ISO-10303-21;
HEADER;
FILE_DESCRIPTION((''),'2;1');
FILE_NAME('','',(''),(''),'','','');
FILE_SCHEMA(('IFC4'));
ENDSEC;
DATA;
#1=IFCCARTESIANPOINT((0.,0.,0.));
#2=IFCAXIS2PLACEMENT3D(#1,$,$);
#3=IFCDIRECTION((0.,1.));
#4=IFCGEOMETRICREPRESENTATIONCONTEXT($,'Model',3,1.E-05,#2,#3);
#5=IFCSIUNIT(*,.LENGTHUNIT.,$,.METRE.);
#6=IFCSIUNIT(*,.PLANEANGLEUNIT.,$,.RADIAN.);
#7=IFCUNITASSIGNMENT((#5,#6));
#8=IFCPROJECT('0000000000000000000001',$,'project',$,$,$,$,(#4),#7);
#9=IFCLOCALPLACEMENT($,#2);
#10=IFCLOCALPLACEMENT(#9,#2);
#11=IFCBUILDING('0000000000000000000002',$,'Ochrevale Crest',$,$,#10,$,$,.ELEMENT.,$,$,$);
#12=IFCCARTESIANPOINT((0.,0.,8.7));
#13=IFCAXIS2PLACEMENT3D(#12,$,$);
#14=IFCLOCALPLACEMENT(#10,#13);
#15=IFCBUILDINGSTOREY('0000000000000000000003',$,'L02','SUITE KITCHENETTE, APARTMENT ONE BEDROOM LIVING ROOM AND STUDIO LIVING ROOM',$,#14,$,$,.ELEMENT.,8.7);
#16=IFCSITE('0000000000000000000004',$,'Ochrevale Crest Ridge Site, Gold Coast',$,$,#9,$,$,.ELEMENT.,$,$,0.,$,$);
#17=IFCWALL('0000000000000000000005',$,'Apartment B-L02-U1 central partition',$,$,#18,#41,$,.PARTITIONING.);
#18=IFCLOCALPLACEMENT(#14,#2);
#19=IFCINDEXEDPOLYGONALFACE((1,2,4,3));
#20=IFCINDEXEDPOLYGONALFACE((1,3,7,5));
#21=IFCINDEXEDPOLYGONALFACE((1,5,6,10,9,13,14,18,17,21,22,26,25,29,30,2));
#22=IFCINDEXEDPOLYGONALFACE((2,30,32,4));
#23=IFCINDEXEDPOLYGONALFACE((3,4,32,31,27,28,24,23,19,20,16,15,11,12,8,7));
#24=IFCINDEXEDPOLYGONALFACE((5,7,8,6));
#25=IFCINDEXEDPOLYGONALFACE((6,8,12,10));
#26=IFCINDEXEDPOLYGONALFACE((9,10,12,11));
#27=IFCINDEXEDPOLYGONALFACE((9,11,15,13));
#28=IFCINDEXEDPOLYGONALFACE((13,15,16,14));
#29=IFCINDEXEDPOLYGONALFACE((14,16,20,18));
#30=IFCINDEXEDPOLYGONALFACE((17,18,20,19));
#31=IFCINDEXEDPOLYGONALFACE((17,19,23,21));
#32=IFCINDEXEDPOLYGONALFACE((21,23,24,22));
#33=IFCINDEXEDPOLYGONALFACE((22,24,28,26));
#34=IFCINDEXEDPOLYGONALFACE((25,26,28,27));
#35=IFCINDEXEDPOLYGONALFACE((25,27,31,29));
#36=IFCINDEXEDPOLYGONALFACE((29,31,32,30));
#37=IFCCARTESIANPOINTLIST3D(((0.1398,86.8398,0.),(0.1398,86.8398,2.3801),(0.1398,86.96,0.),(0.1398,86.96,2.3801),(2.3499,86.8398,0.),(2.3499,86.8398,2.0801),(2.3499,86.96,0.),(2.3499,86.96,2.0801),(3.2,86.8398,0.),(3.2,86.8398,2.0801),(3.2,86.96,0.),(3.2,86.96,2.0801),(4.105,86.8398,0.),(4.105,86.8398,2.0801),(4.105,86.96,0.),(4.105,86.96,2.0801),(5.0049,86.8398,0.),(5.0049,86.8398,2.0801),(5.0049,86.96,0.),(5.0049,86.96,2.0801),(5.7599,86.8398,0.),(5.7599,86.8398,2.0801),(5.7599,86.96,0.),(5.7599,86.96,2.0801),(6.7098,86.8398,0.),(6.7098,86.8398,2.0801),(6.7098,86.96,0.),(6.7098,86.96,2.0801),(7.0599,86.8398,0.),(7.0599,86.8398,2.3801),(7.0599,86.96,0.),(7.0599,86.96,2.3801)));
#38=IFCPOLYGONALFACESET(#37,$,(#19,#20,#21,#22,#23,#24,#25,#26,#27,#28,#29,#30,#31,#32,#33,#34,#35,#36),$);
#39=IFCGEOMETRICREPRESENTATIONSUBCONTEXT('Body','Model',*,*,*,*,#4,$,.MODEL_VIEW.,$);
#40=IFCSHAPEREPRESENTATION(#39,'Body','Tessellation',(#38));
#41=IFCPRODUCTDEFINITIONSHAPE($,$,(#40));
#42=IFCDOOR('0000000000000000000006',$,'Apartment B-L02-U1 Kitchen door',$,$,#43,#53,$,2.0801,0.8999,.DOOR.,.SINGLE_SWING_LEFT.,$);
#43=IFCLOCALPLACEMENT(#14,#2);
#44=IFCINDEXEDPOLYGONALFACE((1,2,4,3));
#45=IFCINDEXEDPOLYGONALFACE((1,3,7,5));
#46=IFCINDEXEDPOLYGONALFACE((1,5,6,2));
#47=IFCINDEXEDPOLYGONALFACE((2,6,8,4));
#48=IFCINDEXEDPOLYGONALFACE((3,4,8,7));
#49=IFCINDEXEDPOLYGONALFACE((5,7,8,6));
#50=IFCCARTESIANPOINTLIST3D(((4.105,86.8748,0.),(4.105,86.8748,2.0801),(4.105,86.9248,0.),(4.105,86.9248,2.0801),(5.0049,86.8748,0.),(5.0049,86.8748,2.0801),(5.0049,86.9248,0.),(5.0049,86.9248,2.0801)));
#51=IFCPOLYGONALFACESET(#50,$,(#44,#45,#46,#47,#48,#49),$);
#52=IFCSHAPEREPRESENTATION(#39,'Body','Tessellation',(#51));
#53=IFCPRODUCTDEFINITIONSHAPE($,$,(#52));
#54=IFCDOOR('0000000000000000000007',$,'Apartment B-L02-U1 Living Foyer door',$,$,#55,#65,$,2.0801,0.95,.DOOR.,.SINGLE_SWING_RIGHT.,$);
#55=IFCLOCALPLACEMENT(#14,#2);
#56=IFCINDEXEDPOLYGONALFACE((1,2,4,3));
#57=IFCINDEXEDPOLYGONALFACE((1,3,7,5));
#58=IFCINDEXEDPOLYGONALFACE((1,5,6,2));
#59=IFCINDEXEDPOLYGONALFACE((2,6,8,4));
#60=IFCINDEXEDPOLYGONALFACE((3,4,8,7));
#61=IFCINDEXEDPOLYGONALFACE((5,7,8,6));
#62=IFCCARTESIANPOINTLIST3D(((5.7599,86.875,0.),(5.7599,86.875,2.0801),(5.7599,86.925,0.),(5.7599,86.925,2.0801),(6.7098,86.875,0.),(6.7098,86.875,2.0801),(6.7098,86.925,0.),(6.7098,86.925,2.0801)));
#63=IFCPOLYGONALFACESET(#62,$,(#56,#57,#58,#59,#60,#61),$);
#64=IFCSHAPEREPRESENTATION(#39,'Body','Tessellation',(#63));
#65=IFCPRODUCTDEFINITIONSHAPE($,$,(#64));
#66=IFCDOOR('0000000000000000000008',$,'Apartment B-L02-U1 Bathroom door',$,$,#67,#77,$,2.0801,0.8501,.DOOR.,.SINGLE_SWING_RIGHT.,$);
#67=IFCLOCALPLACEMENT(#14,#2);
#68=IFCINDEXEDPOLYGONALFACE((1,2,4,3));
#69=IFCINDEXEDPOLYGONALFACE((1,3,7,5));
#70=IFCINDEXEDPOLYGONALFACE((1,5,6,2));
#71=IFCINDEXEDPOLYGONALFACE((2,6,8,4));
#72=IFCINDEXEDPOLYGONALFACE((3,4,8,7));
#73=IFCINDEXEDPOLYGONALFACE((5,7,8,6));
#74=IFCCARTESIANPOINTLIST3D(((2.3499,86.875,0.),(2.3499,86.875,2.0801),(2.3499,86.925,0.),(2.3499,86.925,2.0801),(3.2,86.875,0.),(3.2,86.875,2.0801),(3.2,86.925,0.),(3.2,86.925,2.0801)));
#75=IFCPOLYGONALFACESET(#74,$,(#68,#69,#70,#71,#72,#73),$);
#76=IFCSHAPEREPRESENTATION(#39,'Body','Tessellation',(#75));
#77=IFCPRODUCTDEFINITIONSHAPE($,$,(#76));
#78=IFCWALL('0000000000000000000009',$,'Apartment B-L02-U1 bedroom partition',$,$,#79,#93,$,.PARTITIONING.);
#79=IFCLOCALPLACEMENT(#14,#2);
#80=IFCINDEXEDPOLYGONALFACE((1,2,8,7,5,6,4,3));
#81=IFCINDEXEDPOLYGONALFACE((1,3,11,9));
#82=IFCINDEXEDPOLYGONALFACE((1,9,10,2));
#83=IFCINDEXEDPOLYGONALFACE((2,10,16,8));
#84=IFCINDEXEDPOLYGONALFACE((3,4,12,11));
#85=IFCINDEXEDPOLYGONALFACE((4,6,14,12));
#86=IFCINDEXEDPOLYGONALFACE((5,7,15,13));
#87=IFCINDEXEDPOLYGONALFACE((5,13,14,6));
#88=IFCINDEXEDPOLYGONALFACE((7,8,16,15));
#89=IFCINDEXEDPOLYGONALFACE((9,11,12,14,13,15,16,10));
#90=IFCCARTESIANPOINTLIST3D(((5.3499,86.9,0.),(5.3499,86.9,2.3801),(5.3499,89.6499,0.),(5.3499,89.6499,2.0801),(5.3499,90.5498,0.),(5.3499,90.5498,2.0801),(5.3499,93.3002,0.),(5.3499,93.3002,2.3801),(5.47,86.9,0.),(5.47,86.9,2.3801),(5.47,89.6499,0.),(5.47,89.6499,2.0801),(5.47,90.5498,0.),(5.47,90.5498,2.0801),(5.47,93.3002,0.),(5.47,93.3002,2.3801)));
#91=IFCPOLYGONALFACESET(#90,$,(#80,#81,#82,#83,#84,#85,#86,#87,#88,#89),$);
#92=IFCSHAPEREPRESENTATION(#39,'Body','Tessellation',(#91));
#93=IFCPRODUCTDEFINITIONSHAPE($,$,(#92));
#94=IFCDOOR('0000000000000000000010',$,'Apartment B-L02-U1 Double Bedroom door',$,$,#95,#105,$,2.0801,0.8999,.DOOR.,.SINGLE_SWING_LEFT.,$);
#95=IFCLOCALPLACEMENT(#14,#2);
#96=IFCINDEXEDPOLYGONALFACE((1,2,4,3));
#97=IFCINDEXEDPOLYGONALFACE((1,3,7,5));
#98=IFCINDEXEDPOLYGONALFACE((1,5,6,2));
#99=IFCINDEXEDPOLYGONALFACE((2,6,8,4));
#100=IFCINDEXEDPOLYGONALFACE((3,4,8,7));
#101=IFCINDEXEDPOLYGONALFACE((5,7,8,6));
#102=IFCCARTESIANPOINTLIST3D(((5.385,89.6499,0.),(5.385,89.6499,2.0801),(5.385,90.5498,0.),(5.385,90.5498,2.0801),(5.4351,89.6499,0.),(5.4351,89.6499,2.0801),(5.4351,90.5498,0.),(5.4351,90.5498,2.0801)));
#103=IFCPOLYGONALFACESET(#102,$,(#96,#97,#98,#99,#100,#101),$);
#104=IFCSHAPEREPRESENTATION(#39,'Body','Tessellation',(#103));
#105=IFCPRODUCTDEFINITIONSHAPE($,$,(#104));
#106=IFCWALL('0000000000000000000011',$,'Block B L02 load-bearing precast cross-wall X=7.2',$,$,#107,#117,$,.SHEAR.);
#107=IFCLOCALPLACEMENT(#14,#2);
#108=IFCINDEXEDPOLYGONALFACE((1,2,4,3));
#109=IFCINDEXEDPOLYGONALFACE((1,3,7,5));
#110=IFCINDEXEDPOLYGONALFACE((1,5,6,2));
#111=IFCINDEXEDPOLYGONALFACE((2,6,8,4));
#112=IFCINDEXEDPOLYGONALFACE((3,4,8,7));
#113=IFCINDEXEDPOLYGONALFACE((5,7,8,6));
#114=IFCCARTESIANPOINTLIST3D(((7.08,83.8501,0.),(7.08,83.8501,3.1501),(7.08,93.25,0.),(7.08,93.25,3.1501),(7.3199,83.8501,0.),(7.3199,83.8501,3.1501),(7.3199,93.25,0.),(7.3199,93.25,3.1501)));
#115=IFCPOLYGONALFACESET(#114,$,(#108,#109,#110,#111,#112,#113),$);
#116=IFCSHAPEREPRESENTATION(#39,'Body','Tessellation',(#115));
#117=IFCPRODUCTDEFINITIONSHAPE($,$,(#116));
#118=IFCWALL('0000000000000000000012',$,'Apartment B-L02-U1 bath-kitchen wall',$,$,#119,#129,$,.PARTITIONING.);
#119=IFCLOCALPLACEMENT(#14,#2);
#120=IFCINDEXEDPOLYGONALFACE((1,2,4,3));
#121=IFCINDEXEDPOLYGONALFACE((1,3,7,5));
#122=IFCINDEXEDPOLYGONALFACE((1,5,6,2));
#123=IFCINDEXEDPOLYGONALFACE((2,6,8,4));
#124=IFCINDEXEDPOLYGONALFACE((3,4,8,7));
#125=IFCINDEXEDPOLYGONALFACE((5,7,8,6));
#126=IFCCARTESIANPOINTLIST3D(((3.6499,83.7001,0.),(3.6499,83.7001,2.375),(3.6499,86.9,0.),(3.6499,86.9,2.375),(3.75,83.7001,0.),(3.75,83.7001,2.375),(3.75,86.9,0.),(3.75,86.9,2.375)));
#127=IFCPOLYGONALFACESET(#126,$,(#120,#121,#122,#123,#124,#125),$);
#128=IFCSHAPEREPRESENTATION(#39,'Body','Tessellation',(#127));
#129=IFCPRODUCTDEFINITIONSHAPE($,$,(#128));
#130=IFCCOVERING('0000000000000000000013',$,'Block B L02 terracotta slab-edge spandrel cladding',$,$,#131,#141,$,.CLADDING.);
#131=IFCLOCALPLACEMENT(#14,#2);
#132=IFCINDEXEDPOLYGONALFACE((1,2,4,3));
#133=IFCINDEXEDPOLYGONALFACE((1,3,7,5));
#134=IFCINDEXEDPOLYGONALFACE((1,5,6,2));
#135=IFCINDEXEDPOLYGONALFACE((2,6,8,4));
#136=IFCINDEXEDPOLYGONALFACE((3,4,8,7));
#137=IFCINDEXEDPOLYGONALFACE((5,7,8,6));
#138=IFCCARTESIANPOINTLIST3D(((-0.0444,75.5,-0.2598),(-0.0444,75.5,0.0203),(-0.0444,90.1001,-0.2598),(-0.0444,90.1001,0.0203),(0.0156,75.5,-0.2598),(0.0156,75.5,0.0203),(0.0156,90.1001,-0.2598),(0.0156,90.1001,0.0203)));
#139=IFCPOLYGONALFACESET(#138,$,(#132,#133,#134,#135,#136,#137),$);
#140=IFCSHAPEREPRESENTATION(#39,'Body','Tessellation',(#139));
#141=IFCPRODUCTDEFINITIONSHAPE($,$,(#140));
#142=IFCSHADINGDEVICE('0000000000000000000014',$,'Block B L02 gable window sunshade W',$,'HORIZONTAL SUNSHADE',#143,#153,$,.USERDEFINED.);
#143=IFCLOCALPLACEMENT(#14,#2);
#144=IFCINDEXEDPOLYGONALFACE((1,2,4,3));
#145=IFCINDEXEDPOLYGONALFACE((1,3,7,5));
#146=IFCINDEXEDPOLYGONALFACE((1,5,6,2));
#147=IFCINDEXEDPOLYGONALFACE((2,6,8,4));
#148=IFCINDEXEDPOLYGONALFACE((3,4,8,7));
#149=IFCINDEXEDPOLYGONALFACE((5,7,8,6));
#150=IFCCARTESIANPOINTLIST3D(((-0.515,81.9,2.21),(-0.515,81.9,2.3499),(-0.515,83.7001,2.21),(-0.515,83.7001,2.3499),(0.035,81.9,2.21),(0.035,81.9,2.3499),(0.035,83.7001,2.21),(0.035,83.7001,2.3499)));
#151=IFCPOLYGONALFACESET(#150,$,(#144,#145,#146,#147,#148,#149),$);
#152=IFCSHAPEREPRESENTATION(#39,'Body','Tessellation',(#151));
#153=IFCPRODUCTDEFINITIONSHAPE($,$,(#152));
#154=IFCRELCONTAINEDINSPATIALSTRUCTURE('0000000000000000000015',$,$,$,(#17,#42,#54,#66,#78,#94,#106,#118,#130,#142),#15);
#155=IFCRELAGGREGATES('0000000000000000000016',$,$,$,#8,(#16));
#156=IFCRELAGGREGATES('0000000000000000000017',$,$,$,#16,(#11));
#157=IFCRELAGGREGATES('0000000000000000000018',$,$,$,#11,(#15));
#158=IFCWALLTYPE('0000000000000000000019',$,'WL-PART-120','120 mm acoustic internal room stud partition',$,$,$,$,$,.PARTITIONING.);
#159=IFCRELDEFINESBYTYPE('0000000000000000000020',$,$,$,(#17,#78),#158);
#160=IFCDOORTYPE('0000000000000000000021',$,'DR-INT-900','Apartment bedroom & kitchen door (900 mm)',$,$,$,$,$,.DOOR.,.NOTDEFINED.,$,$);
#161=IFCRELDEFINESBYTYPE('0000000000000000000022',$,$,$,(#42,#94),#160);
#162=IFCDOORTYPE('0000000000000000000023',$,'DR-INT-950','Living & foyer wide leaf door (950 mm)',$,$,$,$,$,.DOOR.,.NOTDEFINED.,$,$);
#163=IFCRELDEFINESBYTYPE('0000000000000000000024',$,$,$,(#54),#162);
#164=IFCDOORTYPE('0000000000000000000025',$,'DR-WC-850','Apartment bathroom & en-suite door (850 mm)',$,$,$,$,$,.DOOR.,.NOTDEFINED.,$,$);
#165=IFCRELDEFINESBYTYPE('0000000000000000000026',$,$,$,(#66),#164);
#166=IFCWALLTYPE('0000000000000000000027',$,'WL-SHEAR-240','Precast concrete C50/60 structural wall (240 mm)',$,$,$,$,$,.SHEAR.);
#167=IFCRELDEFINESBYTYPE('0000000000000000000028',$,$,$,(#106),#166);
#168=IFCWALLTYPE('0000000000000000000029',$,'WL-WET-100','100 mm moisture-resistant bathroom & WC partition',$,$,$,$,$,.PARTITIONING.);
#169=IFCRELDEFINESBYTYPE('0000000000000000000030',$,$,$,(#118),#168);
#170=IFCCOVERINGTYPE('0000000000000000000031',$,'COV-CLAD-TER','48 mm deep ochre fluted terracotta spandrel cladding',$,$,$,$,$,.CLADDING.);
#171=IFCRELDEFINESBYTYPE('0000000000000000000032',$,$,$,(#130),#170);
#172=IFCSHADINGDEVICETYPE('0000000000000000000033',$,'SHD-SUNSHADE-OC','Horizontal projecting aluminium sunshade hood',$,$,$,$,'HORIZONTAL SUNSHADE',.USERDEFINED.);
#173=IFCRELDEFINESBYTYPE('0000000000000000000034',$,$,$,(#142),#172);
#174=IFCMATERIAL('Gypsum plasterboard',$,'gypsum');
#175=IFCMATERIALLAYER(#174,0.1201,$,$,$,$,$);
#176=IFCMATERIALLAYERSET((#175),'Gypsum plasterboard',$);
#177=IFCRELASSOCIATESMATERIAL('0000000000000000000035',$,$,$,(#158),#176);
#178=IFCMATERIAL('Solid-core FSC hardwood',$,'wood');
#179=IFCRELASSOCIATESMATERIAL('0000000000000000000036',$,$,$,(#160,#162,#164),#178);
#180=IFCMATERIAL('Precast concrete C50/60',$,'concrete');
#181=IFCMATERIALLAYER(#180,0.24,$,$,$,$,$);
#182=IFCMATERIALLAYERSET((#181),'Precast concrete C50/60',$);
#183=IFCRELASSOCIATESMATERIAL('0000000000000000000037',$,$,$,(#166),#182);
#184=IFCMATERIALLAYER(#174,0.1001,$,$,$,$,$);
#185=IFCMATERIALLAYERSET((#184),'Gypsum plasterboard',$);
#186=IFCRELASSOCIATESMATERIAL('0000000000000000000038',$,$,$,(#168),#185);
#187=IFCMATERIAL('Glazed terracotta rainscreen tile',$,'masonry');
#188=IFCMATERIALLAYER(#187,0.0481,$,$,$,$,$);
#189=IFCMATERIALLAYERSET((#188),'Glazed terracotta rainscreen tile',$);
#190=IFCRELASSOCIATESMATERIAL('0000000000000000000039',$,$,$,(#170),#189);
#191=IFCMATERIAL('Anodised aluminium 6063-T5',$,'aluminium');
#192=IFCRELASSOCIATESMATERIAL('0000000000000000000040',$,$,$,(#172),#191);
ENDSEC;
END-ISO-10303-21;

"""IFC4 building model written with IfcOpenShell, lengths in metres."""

from ifc_helpers import new_model, si_unit, direction, frame, frame_2d, origin, origin_2d, place, context, subcontext, project, spatial, rectangle, extrude, material, layer, layer_set, type_object, element, fill, save


model = new_model("IFC4")

# Units and contexts
model_context = context("Model", 3, precision=1e-05, world=origin(), true_north=direction((0.0, 1.0)))
body_context = subcontext(model_context, "Body", "Model", "MODEL_VIEW")
ifc_project = project(units=[si_unit("LENGTHUNIT", "METRE"), si_unit("PLANEANGLEUNIT", "RADIAN")], contexts=[model_context])

# Site, building, storey
site_placement = place(None, origin())
site = spatial("IfcSite", under=ifc_project, at=site_placement, Name="Ochrevale Crest Ridge Site, Gold Coast", CompositionType="ELEMENT", RefElevation=0.0)
building_placement = place(site_placement, origin())
building = spatial("IfcBuilding", under=site, at=building_placement, Name="Ochrevale Crest", CompositionType="ELEMENT")
storey_placement = place(building_placement, frame((0.0, 0.0, 8.7)))
storey = spatial("IfcBuildingStorey", under=building, at=storey_placement, Name="L02", Description="SUITE KITCHENETTE, APARTMENT ONE BEDROOM LIVING ROOM AND STUDIO LIVING ROOM", CompositionType="ELEMENT", Elevation=8.7)

# Shared definitions
ifc_material_1 = material(Name="Precast concrete C50/60", Category="concrete")

# Shared definitions
ifc_material_2 = material(Name="Anodised aluminium 6063-T5", Category="aluminium")

# Shared definitions
ifc_material_3 = material(Name="Gypsum plasterboard", Category="gypsum")
ifc_material_4 = material(Name="Solid-core FSC hardwood", Category="wood")

# Shared definitions
ifc_layer_1 = layer(ifc_material_3, 0.1201)
ifc_layer_set_1 = layer_set([ifc_layer_1], Name="Gypsum plasterboard")
wall_type_1 = type_object("IfcWallType", Name="WL-PART-120", Description="120 mm acoustic internal room stud partition", PredefinedType="PARTITIONING", material=ifc_layer_set_1)

# Wall, openings, doors
wall_1_placement = place(storey_placement, frame((0.1399, 86.8999, 0.0), z_axis=(0.0, 0.0, 1.0), x_axis=(1.0, 0.0, 0.0)))
wall_1 = element("IfcWall", 1, at=wall_1_placement, inside=storey, type_object=wall_type_1, Name="Apartment B-L02-U1 central partition", PredefinedType="PARTITIONING", context=body_context, shape_type="SweptSolid", body=[
    extrude(rectangle(XDim=6.9202, YDim=0.1201, at=frame_2d((3.46, 0.0))), origin(), (0.0, 0.0, 1.0), 2.3801),
])
opening_1_placement = place(wall_1_placement, frame((3.0601, 0.0, 0.0), z_axis=(0.0, 0.0, 1.0), x_axis=(-1.0, 0.0, 0.0)))
opening_1 = element("IfcOpeningElement", 2, at=opening_1_placement, cuts=wall_1, PredefinedType="OPENING", context=body_context, shape_type="SweptSolid", body=[
    extrude(rectangle(XDim=0.8501, YDim=2.0801, at=frame_2d((0.425, 1.04))), frame((0.0, 0.0701, 0.0), z_axis=(0.0, -1.0, 0.0), x_axis=(1.0, 0.0, 0.0)), (0.0, 0.0, 1.0), 0.1401),
])
opening_2_placement = place(wall_1_placement, frame((3.9651, 0.0, 0.0)))
opening_2 = element("IfcOpeningElement", 3, at=opening_2_placement, cuts=wall_1, PredefinedType="OPENING", context=body_context, shape_type="SweptSolid", body=[
    extrude(rectangle(XDim=0.8999, YDim=2.0801, at=frame_2d((0.45, 1.04))), frame((0.0, 0.0701, 0.0), z_axis=(0.0, -1.0, 0.0), x_axis=(1.0, 0.0, 0.0)), (0.0, 0.0, 1.0), 0.1401),
])
opening_3_placement = place(wall_1_placement, frame((6.5701, 0.0, 0.0), z_axis=(0.0, 0.0, 1.0), x_axis=(-1.0, 0.0, 0.0)))
opening_3 = element("IfcOpeningElement", 4, at=opening_3_placement, cuts=wall_1, PredefinedType="OPENING", context=body_context, shape_type="SweptSolid", body=[
    extrude(rectangle(XDim=0.95, YDim=2.0801, at=frame_2d((0.4751, 1.04))), frame((0.0, 0.0701, 0.0), z_axis=(0.0, -1.0, 0.0), x_axis=(1.0, 0.0, 0.0)), (0.0, 0.0, 1.0), 0.1401),
])
door_type_1 = type_object("IfcDoorType", Name="DR-INT-900", Description="Apartment bedroom & kitchen door (900 mm)", OperationType="NOTDEFINED", PredefinedType="DOOR", material=ifc_material_4)
door_1_placement = place(opening_2_placement, origin())
door_1 = element("IfcDoor", 5, at=door_1_placement, inside=storey, type_object=door_type_1, Name="Apartment B-L02-U1 Kitchen door", OperationType="SINGLE_SWING_LEFT", OverallHeight=2.0801, OverallWidth=0.8999, PredefinedType="DOOR", context=body_context, shape_type="SweptSolid", body=[
    extrude(rectangle(XDim=0.8999, YDim=2.0801, at=frame_2d((0.45, 1.04))), frame((0.0, 0.0249, 0.0), z_axis=(0.0, -1.0, 0.0), x_axis=(1.0, 0.0, 0.0)), (0.0, 0.0, 1.0), 0.05),
])
fill(opening_2, door_1)
door_type_2 = type_object("IfcDoorType", Name="DR-INT-950", Description="Living & foyer wide leaf door (950 mm)", OperationType="NOTDEFINED", PredefinedType="DOOR", material=ifc_material_4)
door_2_placement = place(opening_3_placement, origin())
door_2 = element("IfcDoor", 6, at=door_2_placement, inside=storey, type_object=door_type_2, Name="Apartment B-L02-U1 Living Foyer door", OperationType="SINGLE_SWING_RIGHT", OverallHeight=2.0801, OverallWidth=0.95, PredefinedType="DOOR", context=body_context, shape_type="SweptSolid", body=[
    extrude(rectangle(XDim=0.95, YDim=2.0801, at=frame_2d((0.4751, 1.04))), frame((0.0, 0.0249, 0.0), z_axis=(0.0, -1.0, 0.0), x_axis=(1.0, 0.0, 0.0)), (0.0, 0.0, 1.0), 0.05),
])
fill(opening_3, door_2)
door_type_3 = type_object("IfcDoorType", Name="DR-WC-850", Description="Apartment bathroom & en-suite door (850 mm)", OperationType="NOTDEFINED", PredefinedType="DOOR", material=ifc_material_4)
door_3_placement = place(opening_1_placement, origin())
door_3 = element("IfcDoor", 7, at=door_3_placement, inside=storey, type_object=door_type_3, Name="Apartment B-L02-U1 Bathroom door", OperationType="SINGLE_SWING_RIGHT", OverallHeight=2.0801, OverallWidth=0.8501, PredefinedType="DOOR", context=body_context, shape_type="SweptSolid", body=[
    extrude(rectangle(XDim=0.8501, YDim=2.0801, at=frame_2d((0.425, 1.04))), frame((0.0, 0.0249, 0.0), z_axis=(0.0, -1.0, 0.0), x_axis=(1.0, 0.0, 0.0)), (0.0, 0.0, 1.0), 0.05),
])
fill(opening_1, door_3)

# Wall, opening, door
wall_2_placement = place(storey_placement, frame((5.4099, 86.8999, 0.0), z_axis=(0.0, 0.0, 1.0), x_axis=(0.0, 1.0, 0.0)))
wall_2 = element("IfcWall", 8, at=wall_2_placement, inside=storey, type_object=wall_type_1, Name="Apartment B-L02-U1 bedroom partition", PredefinedType="PARTITIONING", context=body_context, shape_type="SweptSolid", body=[
    extrude(rectangle(XDim=6.4001, YDim=0.1201, at=frame_2d((3.2002, 0.0))), origin(), (0.0, 0.0, 1.0), 2.3801),
])
opening_4_placement = place(wall_2_placement, frame((2.75, 0.0, 0.0)))
opening_4 = element("IfcOpeningElement", 9, at=opening_4_placement, cuts=wall_2, PredefinedType="OPENING", context=body_context, shape_type="SweptSolid", body=[
    extrude(rectangle(XDim=0.8999, YDim=2.0801, at=frame_2d((0.45, 1.04))), frame((0.0, 0.0701, 0.0), z_axis=(0.0, -1.0, 0.0), x_axis=(1.0, 0.0, 0.0)), (0.0, 0.0, 1.0), 0.1401),
])
door_4_placement = place(opening_4_placement, origin())
door_4 = element("IfcDoor", 10, at=door_4_placement, inside=storey, type_object=door_type_1, Name="Apartment B-L02-U1 Double Bedroom door", OperationType="SINGLE_SWING_LEFT", OverallHeight=2.0801, OverallWidth=0.8999, PredefinedType="DOOR", context=body_context, shape_type="SweptSolid", body=[
    extrude(rectangle(XDim=0.8999, YDim=2.0801, at=frame_2d((0.45, 1.04))), frame((0.0, 0.0249, 0.0), z_axis=(0.0, -1.0, 0.0), x_axis=(1.0, 0.0, 0.0)), (0.0, 0.0, 1.0), 0.05),
])
fill(opening_4, door_4)

# Walls
ifc_layer_2 = layer(ifc_material_1, 0.24)
ifc_layer_set_2 = layer_set([ifc_layer_2], Name="Precast concrete C50/60")
wall_type_2 = type_object("IfcWallType", Name="WL-SHEAR-240", Description="Precast concrete C50/60 structural wall (240 mm)", PredefinedType="SHEAR", material=ifc_layer_set_2)
wall_3_placement = place(storey_placement, frame((7.2, 83.8501, 0.0), z_axis=(0.0, 0.0, 1.0), x_axis=(0.0, 1.0, 0.0)))
element("IfcWall", 11, at=wall_3_placement, inside=storey, type_object=wall_type_2, Name="Block B L02 load-bearing precast cross-wall X=7.2", PredefinedType="SHEAR", context=body_context, shape_type="SweptSolid", body=[
    extrude(rectangle(XDim=9.3999, YDim=0.24, at=frame_2d((4.7, 0.0))), origin(), (0.0, 0.0, 1.0), 3.1501),
])
ifc_layer_3 = layer(ifc_material_3, 0.1001)
ifc_layer_set_3 = layer_set([ifc_layer_3], Name="Gypsum plasterboard")
wall_type_3 = type_object("IfcWallType", Name="WL-WET-100", Description="100 mm moisture-resistant bathroom & WC partition", PredefinedType="PARTITIONING", material=ifc_layer_set_3)
wall_4_placement = place(storey_placement, frame((3.7, 83.7, 0.0), z_axis=(0.0, 0.0, 1.0), x_axis=(0.0, 1.0, 0.0)))
element("IfcWall", 12, at=wall_4_placement, inside=storey, type_object=wall_type_3, Name="Apartment B-L02-U1 bath-kitchen wall", PredefinedType="PARTITIONING", context=body_context, shape_type="SweptSolid", body=[
    extrude(rectangle(XDim=3.2, YDim=0.1001, at=frame_2d((1.6001, 0.0))), origin(), (0.0, 0.0, 1.0), 2.375),
])

# Covering
ifc_material_5 = material(Name="Glazed terracotta rainscreen tile", Category="masonry")
ifc_layer_4 = layer(ifc_material_5, 0.0481)
ifc_layer_set_4 = layer_set([ifc_layer_4], Name="Glazed terracotta rainscreen tile")
covering_type = type_object("IfcCoveringType", Name="COV-CLAD-TER", Description="48 mm deep ochre fluted terracotta spandrel cladding", PredefinedType="CLADDING", material=ifc_layer_set_4)
covering_placement = place(storey_placement, frame((-0.0144, 82.8, -0.2598), z_axis=(0.0, 0.0, 1.0), x_axis=(0.0, -1.0, 0.0)))
element("IfcCovering", 13, at=covering_placement, inside=storey, type_object=covering_type, Name="Block B L02 terracotta slab-edge spandrel cladding", PredefinedType="CLADDING", context=body_context, shape_type="SweptSolid", body=[
    extrude(rectangle(XDim=14.6001, YDim=0.0601, at=origin_2d()), origin(), (0.0, 0.0, 1.0), 0.28),
])

# Shading device
shading_device_type = type_object("IfcShadingDeviceType", Name="SHD-SUNSHADE-OC", Description="Horizontal projecting aluminium sunshade hood", ElementType="HORIZONTAL SUNSHADE", PredefinedType="USERDEFINED", material=ifc_material_2)
shading_device_placement = place(storey_placement, frame((-0.24, 82.8, 2.21), z_axis=(0.0, 0.0, 1.0), x_axis=(1.0, 0.0, 0.0)))
element("IfcShadingDevice", 14, at=shading_device_placement, inside=storey, type_object=shading_device_type, Name="Block B L02 gable window sunshade W", ObjectType="HORIZONTAL SUNSHADE", PredefinedType="USERDEFINED", context=body_context, shape_type="SweptSolid", body=[
    extrude(rectangle(XDim=0.55, YDim=1.8, at=origin_2d()), origin(), (0.0, 0.0, 1.0), 0.1399),
])

save(model, "model.ifc")
